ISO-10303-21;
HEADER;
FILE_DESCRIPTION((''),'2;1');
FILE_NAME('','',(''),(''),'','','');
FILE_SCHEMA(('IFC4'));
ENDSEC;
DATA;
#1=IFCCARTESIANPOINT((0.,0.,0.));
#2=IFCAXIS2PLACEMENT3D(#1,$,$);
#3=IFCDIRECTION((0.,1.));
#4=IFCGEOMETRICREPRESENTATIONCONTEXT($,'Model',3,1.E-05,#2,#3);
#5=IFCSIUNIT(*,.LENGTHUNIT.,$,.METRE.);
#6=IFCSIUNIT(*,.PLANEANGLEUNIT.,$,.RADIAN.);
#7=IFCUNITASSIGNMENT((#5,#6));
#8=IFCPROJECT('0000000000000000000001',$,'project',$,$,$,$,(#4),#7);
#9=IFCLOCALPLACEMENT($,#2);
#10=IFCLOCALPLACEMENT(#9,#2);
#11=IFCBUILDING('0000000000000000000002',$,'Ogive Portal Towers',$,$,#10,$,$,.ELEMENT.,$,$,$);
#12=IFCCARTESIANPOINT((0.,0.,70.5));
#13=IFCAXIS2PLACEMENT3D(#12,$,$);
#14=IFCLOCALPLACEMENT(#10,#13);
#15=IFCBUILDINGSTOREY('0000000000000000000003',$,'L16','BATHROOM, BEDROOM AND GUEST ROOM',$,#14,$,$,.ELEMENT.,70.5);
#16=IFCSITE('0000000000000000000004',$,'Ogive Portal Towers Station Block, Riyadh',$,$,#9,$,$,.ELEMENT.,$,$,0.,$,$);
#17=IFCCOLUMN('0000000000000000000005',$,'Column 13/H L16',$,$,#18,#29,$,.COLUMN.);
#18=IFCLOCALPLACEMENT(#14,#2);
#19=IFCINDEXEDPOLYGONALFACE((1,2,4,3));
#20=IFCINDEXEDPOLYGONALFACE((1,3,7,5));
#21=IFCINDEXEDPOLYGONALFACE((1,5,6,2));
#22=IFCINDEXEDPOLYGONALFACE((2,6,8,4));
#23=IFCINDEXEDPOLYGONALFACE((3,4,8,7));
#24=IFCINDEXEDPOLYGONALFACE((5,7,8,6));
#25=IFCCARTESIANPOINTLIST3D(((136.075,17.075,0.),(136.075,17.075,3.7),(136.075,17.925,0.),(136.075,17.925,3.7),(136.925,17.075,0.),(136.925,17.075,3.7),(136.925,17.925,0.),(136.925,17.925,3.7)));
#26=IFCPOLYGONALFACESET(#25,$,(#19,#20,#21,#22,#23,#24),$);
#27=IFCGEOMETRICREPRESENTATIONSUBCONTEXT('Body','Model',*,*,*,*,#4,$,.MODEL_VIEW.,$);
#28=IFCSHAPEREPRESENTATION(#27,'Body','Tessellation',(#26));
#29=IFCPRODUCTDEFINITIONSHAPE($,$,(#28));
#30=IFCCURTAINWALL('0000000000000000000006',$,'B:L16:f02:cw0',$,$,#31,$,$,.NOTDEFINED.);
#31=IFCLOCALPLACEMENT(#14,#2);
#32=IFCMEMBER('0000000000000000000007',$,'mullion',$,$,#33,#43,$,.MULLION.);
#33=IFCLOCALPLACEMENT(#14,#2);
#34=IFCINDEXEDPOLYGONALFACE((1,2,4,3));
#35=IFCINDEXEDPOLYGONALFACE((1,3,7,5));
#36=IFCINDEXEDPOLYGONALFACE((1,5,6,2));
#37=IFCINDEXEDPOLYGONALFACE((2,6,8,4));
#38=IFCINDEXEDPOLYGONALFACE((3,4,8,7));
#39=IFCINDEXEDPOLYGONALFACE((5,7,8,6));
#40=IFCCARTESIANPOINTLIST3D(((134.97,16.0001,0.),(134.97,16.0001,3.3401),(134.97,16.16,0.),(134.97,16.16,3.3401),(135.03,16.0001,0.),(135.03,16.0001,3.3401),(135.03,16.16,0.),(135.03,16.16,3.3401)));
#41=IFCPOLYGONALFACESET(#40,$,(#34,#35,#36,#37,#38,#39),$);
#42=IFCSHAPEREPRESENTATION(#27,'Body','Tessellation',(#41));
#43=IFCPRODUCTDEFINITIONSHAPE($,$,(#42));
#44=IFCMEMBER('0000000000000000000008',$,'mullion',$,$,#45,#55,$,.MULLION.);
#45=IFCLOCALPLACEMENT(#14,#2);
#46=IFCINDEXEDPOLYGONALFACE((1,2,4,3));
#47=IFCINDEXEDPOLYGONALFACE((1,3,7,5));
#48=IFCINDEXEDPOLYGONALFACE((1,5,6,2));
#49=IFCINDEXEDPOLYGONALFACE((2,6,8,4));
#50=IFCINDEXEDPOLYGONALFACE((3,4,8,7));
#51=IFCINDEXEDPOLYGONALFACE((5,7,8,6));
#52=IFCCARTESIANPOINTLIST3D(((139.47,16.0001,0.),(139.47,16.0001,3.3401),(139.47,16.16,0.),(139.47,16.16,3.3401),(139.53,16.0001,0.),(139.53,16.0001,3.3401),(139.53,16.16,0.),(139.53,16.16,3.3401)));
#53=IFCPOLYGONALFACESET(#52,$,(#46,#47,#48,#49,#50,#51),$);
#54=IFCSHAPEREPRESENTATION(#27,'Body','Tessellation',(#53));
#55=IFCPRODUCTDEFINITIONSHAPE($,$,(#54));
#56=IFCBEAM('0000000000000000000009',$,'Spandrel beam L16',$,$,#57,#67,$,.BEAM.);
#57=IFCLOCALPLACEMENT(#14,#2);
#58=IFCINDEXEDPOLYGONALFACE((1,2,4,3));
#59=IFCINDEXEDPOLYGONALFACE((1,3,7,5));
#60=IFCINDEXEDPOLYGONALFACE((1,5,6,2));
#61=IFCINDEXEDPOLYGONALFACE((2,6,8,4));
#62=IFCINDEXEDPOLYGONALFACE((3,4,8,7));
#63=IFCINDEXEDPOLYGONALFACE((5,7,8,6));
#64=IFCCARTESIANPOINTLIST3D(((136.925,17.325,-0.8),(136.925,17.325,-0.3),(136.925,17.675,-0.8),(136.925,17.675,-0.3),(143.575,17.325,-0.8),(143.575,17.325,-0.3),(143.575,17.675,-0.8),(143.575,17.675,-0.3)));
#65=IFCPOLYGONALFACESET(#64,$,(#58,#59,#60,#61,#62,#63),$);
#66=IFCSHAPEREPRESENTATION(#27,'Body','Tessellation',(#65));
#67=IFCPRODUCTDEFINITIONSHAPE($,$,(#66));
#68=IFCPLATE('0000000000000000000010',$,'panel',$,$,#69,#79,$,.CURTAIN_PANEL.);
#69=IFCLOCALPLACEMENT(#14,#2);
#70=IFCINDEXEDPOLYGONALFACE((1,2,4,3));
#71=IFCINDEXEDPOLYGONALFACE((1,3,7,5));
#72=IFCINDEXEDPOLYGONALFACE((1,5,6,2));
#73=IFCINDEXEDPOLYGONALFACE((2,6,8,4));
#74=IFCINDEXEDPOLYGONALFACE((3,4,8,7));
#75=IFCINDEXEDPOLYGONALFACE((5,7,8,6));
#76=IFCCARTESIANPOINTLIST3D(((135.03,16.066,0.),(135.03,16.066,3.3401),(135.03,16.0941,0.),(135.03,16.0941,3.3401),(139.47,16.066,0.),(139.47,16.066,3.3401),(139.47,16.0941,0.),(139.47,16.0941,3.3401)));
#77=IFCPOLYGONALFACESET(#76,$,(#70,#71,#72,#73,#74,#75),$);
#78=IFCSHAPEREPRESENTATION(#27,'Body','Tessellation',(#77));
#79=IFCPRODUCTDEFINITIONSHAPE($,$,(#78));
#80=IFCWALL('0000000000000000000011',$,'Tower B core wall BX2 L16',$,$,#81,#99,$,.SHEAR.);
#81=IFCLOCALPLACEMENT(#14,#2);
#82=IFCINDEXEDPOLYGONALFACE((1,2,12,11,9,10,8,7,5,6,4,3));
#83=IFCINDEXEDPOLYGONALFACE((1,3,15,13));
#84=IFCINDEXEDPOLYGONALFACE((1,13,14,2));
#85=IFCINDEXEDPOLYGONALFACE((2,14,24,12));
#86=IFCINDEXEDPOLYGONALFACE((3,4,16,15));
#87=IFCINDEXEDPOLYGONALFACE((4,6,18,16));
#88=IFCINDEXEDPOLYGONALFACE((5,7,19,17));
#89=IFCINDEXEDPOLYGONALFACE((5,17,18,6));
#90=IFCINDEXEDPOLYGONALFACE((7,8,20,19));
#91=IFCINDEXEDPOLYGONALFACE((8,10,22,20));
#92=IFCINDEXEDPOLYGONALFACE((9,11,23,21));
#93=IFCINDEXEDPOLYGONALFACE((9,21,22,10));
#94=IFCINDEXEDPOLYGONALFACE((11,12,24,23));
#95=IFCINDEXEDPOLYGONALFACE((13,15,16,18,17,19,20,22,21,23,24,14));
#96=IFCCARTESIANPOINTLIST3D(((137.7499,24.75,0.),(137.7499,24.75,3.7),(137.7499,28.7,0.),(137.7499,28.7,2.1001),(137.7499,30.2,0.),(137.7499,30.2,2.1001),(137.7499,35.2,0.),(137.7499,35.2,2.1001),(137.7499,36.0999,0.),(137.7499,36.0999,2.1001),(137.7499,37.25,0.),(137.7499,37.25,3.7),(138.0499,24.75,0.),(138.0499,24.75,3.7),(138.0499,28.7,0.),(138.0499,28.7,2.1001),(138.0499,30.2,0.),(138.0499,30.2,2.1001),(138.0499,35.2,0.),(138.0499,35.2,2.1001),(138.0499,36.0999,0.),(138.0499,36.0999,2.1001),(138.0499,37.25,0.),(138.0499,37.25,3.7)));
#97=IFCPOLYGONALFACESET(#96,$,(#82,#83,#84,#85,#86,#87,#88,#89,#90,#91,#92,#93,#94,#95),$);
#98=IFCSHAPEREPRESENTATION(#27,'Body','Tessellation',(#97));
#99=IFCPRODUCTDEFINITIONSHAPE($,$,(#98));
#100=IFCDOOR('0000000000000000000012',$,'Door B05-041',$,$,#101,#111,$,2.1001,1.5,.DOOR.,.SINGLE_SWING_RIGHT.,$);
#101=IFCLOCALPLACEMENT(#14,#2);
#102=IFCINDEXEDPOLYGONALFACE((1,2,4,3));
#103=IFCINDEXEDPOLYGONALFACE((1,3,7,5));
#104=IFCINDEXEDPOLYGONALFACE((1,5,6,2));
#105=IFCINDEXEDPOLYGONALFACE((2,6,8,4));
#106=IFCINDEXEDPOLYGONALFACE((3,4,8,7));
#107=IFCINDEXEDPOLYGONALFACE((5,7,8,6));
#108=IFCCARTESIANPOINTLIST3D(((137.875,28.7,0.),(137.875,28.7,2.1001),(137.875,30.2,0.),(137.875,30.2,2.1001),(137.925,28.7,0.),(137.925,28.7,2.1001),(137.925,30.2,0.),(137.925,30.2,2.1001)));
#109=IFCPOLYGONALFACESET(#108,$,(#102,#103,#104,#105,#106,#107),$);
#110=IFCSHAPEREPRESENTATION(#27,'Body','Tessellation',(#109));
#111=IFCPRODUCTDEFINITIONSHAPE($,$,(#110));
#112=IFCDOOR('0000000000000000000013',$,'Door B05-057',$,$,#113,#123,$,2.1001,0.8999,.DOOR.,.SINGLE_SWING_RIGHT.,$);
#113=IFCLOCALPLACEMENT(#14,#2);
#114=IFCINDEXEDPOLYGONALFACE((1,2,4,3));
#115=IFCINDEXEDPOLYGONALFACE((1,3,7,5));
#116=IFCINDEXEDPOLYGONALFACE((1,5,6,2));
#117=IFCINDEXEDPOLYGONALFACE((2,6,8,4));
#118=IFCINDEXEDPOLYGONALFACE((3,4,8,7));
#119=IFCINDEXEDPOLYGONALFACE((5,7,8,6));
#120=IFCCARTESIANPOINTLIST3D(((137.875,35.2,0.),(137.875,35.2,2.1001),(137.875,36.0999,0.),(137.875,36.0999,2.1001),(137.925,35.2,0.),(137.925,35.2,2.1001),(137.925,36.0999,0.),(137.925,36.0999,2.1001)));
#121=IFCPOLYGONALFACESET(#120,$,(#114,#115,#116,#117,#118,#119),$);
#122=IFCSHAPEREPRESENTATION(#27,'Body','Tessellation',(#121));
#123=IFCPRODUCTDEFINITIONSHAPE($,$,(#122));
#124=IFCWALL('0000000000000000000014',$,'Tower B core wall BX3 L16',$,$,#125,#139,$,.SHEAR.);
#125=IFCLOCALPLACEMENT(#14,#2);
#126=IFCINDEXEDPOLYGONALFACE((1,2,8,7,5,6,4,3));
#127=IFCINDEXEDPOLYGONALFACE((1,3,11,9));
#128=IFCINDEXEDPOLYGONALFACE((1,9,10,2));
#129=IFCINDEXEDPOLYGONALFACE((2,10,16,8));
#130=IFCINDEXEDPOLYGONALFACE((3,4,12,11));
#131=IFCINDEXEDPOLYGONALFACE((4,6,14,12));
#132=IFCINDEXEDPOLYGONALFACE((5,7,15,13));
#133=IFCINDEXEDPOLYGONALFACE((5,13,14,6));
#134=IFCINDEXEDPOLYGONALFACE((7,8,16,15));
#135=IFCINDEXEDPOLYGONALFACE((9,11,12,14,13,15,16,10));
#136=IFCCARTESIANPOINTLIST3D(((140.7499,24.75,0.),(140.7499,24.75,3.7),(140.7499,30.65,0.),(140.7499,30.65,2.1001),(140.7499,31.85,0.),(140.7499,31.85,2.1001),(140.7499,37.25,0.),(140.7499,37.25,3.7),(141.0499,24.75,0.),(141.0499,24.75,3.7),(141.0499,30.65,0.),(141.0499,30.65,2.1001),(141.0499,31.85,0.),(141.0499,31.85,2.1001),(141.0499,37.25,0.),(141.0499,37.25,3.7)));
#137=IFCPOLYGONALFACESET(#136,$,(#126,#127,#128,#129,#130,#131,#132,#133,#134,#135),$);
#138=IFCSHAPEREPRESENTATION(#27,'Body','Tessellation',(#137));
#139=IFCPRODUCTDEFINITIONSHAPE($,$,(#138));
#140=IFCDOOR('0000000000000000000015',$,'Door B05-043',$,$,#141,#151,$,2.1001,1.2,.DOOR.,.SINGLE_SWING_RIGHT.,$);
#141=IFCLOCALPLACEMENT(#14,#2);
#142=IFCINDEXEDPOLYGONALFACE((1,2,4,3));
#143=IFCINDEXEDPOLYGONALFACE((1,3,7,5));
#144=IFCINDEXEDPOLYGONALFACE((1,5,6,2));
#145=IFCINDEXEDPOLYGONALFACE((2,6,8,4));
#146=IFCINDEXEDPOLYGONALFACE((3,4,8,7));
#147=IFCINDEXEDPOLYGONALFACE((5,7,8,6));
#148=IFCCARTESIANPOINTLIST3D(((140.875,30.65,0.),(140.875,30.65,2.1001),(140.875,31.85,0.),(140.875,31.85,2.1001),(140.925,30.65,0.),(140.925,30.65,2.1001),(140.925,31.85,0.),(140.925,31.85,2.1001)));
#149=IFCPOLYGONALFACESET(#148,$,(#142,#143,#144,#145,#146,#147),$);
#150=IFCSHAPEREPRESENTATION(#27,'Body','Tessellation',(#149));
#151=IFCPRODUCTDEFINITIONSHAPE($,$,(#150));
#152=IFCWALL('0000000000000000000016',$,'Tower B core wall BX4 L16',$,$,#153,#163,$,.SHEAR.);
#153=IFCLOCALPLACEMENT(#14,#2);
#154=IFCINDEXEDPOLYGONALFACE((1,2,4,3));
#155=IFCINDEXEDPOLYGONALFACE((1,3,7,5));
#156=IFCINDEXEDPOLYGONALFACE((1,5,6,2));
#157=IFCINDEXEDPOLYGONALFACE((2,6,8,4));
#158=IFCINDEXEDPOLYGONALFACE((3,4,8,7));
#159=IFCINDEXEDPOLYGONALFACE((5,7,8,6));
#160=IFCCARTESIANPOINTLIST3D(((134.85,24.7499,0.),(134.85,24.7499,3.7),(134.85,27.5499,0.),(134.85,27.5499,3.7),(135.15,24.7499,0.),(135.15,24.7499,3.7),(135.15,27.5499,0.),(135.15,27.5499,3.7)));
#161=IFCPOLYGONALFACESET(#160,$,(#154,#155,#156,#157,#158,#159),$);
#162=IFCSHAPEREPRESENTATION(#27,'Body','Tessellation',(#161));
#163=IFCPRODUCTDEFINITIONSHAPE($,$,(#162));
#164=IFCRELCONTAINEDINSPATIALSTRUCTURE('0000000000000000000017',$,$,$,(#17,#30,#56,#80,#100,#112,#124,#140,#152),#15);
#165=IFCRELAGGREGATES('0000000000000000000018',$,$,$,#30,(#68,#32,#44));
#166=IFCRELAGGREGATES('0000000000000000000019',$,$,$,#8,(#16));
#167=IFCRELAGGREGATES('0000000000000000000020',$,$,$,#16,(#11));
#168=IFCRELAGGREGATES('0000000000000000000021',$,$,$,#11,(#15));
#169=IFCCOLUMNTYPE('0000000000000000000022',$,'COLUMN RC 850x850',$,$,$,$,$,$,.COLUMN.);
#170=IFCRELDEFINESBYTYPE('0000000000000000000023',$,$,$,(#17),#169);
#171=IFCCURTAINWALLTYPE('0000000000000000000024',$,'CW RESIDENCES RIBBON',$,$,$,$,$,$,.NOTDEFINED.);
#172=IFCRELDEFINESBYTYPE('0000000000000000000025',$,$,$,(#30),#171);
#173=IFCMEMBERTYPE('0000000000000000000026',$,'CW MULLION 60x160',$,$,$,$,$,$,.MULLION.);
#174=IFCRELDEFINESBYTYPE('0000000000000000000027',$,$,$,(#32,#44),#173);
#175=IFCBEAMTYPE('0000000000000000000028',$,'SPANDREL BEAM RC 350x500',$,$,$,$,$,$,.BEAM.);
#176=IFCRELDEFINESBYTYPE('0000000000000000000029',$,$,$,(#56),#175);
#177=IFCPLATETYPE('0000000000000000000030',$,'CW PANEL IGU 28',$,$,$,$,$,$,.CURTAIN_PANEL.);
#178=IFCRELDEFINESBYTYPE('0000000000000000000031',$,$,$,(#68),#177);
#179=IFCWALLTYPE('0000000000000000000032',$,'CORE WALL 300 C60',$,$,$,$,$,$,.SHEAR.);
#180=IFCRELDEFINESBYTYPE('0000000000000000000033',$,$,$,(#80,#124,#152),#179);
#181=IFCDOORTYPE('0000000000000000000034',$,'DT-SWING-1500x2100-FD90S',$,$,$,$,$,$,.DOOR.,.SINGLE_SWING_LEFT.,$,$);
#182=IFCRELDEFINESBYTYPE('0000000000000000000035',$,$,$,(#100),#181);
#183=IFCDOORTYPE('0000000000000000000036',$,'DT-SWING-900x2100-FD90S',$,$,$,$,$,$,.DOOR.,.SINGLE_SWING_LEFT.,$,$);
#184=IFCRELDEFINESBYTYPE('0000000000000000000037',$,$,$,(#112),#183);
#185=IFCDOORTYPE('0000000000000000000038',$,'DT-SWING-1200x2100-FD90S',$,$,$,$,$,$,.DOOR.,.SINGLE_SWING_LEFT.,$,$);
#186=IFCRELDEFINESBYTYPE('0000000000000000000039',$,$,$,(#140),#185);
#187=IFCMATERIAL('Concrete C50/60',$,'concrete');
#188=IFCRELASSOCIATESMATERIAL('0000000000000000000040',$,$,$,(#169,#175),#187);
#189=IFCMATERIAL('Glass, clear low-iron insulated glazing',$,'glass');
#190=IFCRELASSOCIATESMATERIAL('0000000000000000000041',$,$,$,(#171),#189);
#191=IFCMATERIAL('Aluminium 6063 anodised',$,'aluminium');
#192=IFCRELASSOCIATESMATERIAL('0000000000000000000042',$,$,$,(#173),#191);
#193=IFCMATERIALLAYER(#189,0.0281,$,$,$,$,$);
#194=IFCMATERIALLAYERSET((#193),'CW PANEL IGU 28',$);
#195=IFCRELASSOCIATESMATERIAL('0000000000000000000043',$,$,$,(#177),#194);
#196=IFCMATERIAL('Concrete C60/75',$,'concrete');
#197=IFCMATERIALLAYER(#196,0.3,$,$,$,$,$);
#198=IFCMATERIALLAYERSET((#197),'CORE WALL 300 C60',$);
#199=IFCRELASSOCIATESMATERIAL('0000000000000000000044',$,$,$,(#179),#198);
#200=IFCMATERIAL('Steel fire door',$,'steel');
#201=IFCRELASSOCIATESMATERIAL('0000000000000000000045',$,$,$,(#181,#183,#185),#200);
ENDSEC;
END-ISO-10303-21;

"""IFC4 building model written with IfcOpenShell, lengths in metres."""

from ifc_helpers import new_model, si_unit, direction, frame, frame_2d, origin, origin_2d, place, context, subcontext, project, spatial, rectangle, extrude, material, layer, layer_set, material_profile, profile_set, type_object, element, fill, aggregate, save


model = new_model("IFC4")

# Units and contexts
model_context = context("Model", 3, precision=1e-05, world=origin(), true_north=direction((0.0, 1.0)))
body_context = subcontext(model_context, "Body", "Model", "MODEL_VIEW")
ifc_project = project(units=[si_unit("LENGTHUNIT", "METRE"), si_unit("PLANEANGLEUNIT", "RADIAN")], contexts=[model_context])

# Site, building, storey
site_placement = place(None, origin())
site = spatial("IfcSite", under=ifc_project, at=site_placement, Name="Ogive Portal Towers Station Block, Riyadh", CompositionType="ELEMENT", RefElevation=0.0)
building_placement = place(site_placement, origin())
building = spatial("IfcBuilding", under=site, at=building_placement, Name="Ogive Portal Towers", CompositionType="ELEMENT")
storey_placement = place(building_placement, frame((0.0, 0.0, 70.5)))
storey = spatial("IfcBuildingStorey", under=building, at=storey_placement, Name="L16", Description="BATHROOM, BEDROOM AND GUEST ROOM", CompositionType="ELEMENT", Elevation=70.5)

# Column
ifc_material_1 = material(Name="Concrete C50/60", Category="concrete")
ifc_material_profile_1 = material_profile(ifc_material_1, rectangle(XDim=0.8501, YDim=0.8501, at=origin_2d()), Name="RC 850x850")
ifc_profile_set_1 = profile_set([ifc_material_profile_1], Name="Concrete C50/60")
column_type = type_object("IfcColumnType", Name="COLUMN RC 850x850", PredefinedType="COLUMN", material=ifc_profile_set_1)
column_placement = place(storey_placement, frame((136.5, 17.5, 0.0), z_axis=(0.0, 0.0, 1.0), x_axis=(1.0, 0.0, 0.0)))
element("IfcColumn", 1, at=column_placement, inside=storey, type_object=column_type, Name="Column 13/H L16", PredefinedType="COLUMN", context=body_context, shape_type="SweptSolid", body=[
    extrude(rectangle(XDim=0.8501, YDim=0.8501, at=origin_2d()), origin(), (0.0, 0.0, 1.0), 3.7),
])

# Curtain wall, members
ifc_material_2 = material(Name="Glass, clear low-iron insulated glazing", Category="glass")
curtain_wall_type = type_object("IfcCurtainWallType", Name="CW RESIDENCES RIBBON", PredefinedType="NOTDEFINED", material=ifc_material_2)
curtain_wall_placement = place(storey_placement, origin())
curtain_wall = element("IfcCurtainWall", 2, at=curtain_wall_placement, inside=storey, type_object=curtain_wall_type, Name="B:L16:f02:cw0", PredefinedType="NOTDEFINED")
ifc_material_3 = material(Name="Aluminium 6063 anodised", Category="aluminium")
ifc_material_profile_2 = material_profile(ifc_material_3, rectangle(XDim=0.1599, YDim=0.0601, at=origin_2d()), Name="AL 60x160")
ifc_profile_set_2 = profile_set([ifc_material_profile_2], Name="Aluminium 6063 anodised")
member_type = type_object("IfcMemberType", Name="CW MULLION 60x160", PredefinedType="MULLION", material=ifc_profile_set_2)
member_1_placement = place(storey_placement, frame((135.0, 16.0801, 0.0), z_axis=(0.0, 0.0, 1.0), x_axis=(0.0, 1.0, 0.0)))
member_1 = element("IfcMember", 3, at=member_1_placement, type_object=member_type, Name="mullion", PredefinedType="MULLION", context=body_context, shape_type="SweptSolid", body=[
    extrude(rectangle(XDim=0.1599, YDim=0.0601, at=origin_2d()), origin(), (0.0, 0.0, 1.0), 3.3401),
])
member_2_placement = place(storey_placement, frame((139.5, 16.0801, 0.0), z_axis=(0.0, 0.0, 1.0), x_axis=(0.0, 1.0, 0.0)))
member_2 = element("IfcMember", 4, at=member_2_placement, type_object=member_type, Name="mullion", PredefinedType="MULLION", context=body_context, shape_type="SweptSolid", body=[
    extrude(rectangle(XDim=0.1599, YDim=0.0601, at=origin_2d()), origin(), (0.0, 0.0, 1.0), 3.3401),
])

# Beam
ifc_material_profile_3 = material_profile(ifc_material_1, rectangle(XDim=0.3501, YDim=0.5, at=origin_2d()), Name="RC 350x500")
ifc_profile_set_3 = profile_set([ifc_material_profile_3], Name="Concrete C50/60")
beam_type = type_object("IfcBeamType", Name="SPANDREL BEAM RC 350x500", PredefinedType="BEAM", material=ifc_profile_set_3)
beam_placement = place(storey_placement, frame((136.925, 17.5, -0.55), z_axis=(1.0, 0.0, 0.0), x_axis=(0.0, 1.0, 0.0)))
element("IfcBeam", 5, at=beam_placement, inside=storey, type_object=beam_type, Name="Spandrel beam L16", PredefinedType="BEAM", context=body_context, shape_type="SweptSolid", body=[
    extrude(rectangle(XDim=0.3501, YDim=0.5, at=origin_2d()), origin(), (0.0, 0.0, 1.0), 6.6499),
])

# Plate
ifc_layer_1 = layer(ifc_material_2, 0.0281)
ifc_layer_set_1 = layer_set([ifc_layer_1], Name="CW PANEL IGU 28")
plate_type = type_object("IfcPlateType", Name="CW PANEL IGU 28", PredefinedType="CURTAIN_PANEL", material=ifc_layer_set_1)
plate_placement = place(storey_placement, frame((137.25, 16.0801, 0.0), z_axis=(0.0, 0.0, 1.0), x_axis=(1.0, 0.0, 0.0)))
plate = element("IfcPlate", 6, at=plate_placement, type_object=plate_type, Name="panel", PredefinedType="CURTAIN_PANEL", context=body_context, shape_type="SweptSolid", body=[
    extrude(rectangle(XDim=4.4399, YDim=0.0281, at=origin_2d()), origin(), (0.0, 0.0, 1.0), 3.3401),
])
aggregate(curtain_wall, [plate, member_1, member_2])

# Wall, openings, doors
ifc_material_4 = material(Name="Concrete C60/75", Category="concrete")
ifc_layer_2 = layer(ifc_material_4, 0.3)
ifc_layer_set_2 = layer_set([ifc_layer_2], Name="CORE WALL 300 C60")
wall_type_1 = type_object("IfcWallType", Name="CORE WALL 300 C60", PredefinedType="SHEAR", material=ifc_layer_set_2)
wall_1_placement = place(storey_placement, frame((137.8999, 24.75, 0.0), z_axis=(0.0, 0.0, 1.0), x_axis=(0.0, 1.0, 0.0)))
wall_1 = element("IfcWall", 7, at=wall_1_placement, inside=storey, type_object=wall_type_1, Name="Tower B core wall BX2 L16", PredefinedType="SHEAR", context=body_context, shape_type="SweptSolid", body=[
    extrude(rectangle(XDim=12.5, YDim=0.3, at=frame_2d((6.25, 0.0))), origin(), (0.0, 0.0, 1.0), 3.7),
])
opening_1_placement = place(wall_1_placement, frame((3.95, 0.0, 0.0)))
opening_1 = element("IfcOpeningElement", 8, at=opening_1_placement, cuts=wall_1, PredefinedType="OPENING", context=body_context, shape_type="SweptSolid", body=[
    extrude(rectangle(XDim=1.5, YDim=2.1001, at=frame_2d((0.75, 1.05))), frame((0.0, 0.1602, 0.0), z_axis=(0.0, -1.0, 0.0), x_axis=(1.0, 0.0, 0.0)), (0.0, 0.0, 1.0), 0.3201),
])
opening_2_placement = place(wall_1_placement, frame((10.45, 0.0, 0.0)))
opening_2 = element("IfcOpeningElement", 9, at=opening_2_placement, cuts=wall_1, PredefinedType="OPENING", context=body_context, shape_type="SweptSolid", body=[
    extrude(rectangle(XDim=0.8999, YDim=2.1001, at=frame_2d((0.45, 1.05))), frame((0.0, 0.1602, 0.0), z_axis=(0.0, -1.0, 0.0), x_axis=(1.0, 0.0, 0.0)), (0.0, 0.0, 1.0), 0.3201),
])
ifc_material_5 = material(Name="Steel fire door", Category="steel")
door_type_1 = type_object("IfcDoorType", Name="DT-SWING-1500x2100-FD90S", OperationType="SINGLE_SWING_LEFT", PredefinedType="DOOR", material=ifc_material_5)
door_1_placement = place(opening_1_placement, origin())
door_1 = element("IfcDoor", 10, at=door_1_placement, inside=storey, type_object=door_type_1, Name="Door B05-041", OperationType="SINGLE_SWING_RIGHT", OverallHeight=2.1001, OverallWidth=1.5, PredefinedType="DOOR", context=body_context, shape_type="SweptSolid", body=[
    extrude(rectangle(XDim=1.5, YDim=2.1001, at=frame_2d((0.75, 1.05))), frame((0.0, 0.0249, 0.0), z_axis=(0.0, -1.0, 0.0), x_axis=(1.0, 0.0, 0.0)), (0.0, 0.0, 1.0), 0.05),
])
fill(opening_1, door_1)
door_type_2 = type_object("IfcDoorType", Name="DT-SWING-900x2100-FD90S", OperationType="SINGLE_SWING_LEFT", PredefinedType="DOOR", material=ifc_material_5)
door_2_placement = place(opening_2_placement, origin())
door_2 = element("IfcDoor", 11, at=door_2_placement, inside=storey, type_object=door_type_2, Name="Door B05-057", OperationType="SINGLE_SWING_RIGHT", OverallHeight=2.1001, OverallWidth=0.8999, PredefinedType="DOOR", context=body_context, shape_type="SweptSolid", body=[
    extrude(rectangle(XDim=0.8999, YDim=2.1001, at=frame_2d((0.45, 1.05))), frame((0.0, 0.0249, 0.0), z_axis=(0.0, -1.0, 0.0), x_axis=(1.0, 0.0, 0.0)), (0.0, 0.0, 1.0), 0.05),
])
fill(opening_2, door_2)

# Wall, opening, door
wall_2_placement = place(storey_placement, frame((140.8999, 24.75, 0.0), z_axis=(0.0, 0.0, 1.0), x_axis=(0.0, 1.0, 0.0)))
wall_2 = element("IfcWall", 12, at=wall_2_placement, inside=storey, type_object=wall_type_1, Name="Tower B core wall BX3 L16", PredefinedType="SHEAR", context=body_context, shape_type="SweptSolid", body=[
    extrude(rectangle(XDim=12.5, YDim=0.3, at=frame_2d((6.25, 0.0))), origin(), (0.0, 0.0, 1.0), 3.7),
])
opening_3_placement = place(wall_2_placement, frame((5.8999, 0.0, 0.0)))
opening_3 = element("IfcOpeningElement", 13, at=opening_3_placement, cuts=wall_2, PredefinedType="OPENING", context=body_context, shape_type="SweptSolid", body=[
    extrude(rectangle(XDim=1.2, YDim=2.1001, at=frame_2d((0.6001, 1.05))), frame((0.0, 0.1602, 0.0), z_axis=(0.0, -1.0, 0.0), x_axis=(1.0, 0.0, 0.0)), (0.0, 0.0, 1.0), 0.3201),
])
door_type_3 = type_object("IfcDoorType", Name="DT-SWING-1200x2100-FD90S", OperationType="SINGLE_SWING_LEFT", PredefinedType="DOOR", material=ifc_material_5)
door_3_placement = place(opening_3_placement, origin())
door_3 = element("IfcDoor", 14, at=door_3_placement, inside=storey, type_object=door_type_3, Name="Door B05-043", OperationType="SINGLE_SWING_RIGHT", OverallHeight=2.1001, OverallWidth=1.2, PredefinedType="DOOR", context=body_context, shape_type="SweptSolid", body=[
    extrude(rectangle(XDim=1.2, YDim=2.1001, at=frame_2d((0.6001, 1.05))), frame((0.0, 0.0249, 0.0), z_axis=(0.0, -1.0, 0.0), x_axis=(1.0, 0.0, 0.0)), (0.0, 0.0, 1.0), 0.05),
])
fill(opening_3, door_3)

# Wall
wall_3_placement = place(storey_placement, frame((135.0, 24.75, 0.0), z_axis=(0.0, 0.0, 1.0), x_axis=(0.0, 1.0, 0.0)))
element("IfcWall", 15, at=wall_3_placement, inside=storey, type_object=wall_type_1, Name="Tower B core wall BX4 L16", PredefinedType="SHEAR", context=body_context, shape_type="SweptSolid", body=[
    extrude(rectangle(XDim=2.8, YDim=0.3, at=frame_2d((1.3999, 0.0))), origin(), (0.0, 0.0, 1.0), 3.7),
])

save(model, "model.ifc")
